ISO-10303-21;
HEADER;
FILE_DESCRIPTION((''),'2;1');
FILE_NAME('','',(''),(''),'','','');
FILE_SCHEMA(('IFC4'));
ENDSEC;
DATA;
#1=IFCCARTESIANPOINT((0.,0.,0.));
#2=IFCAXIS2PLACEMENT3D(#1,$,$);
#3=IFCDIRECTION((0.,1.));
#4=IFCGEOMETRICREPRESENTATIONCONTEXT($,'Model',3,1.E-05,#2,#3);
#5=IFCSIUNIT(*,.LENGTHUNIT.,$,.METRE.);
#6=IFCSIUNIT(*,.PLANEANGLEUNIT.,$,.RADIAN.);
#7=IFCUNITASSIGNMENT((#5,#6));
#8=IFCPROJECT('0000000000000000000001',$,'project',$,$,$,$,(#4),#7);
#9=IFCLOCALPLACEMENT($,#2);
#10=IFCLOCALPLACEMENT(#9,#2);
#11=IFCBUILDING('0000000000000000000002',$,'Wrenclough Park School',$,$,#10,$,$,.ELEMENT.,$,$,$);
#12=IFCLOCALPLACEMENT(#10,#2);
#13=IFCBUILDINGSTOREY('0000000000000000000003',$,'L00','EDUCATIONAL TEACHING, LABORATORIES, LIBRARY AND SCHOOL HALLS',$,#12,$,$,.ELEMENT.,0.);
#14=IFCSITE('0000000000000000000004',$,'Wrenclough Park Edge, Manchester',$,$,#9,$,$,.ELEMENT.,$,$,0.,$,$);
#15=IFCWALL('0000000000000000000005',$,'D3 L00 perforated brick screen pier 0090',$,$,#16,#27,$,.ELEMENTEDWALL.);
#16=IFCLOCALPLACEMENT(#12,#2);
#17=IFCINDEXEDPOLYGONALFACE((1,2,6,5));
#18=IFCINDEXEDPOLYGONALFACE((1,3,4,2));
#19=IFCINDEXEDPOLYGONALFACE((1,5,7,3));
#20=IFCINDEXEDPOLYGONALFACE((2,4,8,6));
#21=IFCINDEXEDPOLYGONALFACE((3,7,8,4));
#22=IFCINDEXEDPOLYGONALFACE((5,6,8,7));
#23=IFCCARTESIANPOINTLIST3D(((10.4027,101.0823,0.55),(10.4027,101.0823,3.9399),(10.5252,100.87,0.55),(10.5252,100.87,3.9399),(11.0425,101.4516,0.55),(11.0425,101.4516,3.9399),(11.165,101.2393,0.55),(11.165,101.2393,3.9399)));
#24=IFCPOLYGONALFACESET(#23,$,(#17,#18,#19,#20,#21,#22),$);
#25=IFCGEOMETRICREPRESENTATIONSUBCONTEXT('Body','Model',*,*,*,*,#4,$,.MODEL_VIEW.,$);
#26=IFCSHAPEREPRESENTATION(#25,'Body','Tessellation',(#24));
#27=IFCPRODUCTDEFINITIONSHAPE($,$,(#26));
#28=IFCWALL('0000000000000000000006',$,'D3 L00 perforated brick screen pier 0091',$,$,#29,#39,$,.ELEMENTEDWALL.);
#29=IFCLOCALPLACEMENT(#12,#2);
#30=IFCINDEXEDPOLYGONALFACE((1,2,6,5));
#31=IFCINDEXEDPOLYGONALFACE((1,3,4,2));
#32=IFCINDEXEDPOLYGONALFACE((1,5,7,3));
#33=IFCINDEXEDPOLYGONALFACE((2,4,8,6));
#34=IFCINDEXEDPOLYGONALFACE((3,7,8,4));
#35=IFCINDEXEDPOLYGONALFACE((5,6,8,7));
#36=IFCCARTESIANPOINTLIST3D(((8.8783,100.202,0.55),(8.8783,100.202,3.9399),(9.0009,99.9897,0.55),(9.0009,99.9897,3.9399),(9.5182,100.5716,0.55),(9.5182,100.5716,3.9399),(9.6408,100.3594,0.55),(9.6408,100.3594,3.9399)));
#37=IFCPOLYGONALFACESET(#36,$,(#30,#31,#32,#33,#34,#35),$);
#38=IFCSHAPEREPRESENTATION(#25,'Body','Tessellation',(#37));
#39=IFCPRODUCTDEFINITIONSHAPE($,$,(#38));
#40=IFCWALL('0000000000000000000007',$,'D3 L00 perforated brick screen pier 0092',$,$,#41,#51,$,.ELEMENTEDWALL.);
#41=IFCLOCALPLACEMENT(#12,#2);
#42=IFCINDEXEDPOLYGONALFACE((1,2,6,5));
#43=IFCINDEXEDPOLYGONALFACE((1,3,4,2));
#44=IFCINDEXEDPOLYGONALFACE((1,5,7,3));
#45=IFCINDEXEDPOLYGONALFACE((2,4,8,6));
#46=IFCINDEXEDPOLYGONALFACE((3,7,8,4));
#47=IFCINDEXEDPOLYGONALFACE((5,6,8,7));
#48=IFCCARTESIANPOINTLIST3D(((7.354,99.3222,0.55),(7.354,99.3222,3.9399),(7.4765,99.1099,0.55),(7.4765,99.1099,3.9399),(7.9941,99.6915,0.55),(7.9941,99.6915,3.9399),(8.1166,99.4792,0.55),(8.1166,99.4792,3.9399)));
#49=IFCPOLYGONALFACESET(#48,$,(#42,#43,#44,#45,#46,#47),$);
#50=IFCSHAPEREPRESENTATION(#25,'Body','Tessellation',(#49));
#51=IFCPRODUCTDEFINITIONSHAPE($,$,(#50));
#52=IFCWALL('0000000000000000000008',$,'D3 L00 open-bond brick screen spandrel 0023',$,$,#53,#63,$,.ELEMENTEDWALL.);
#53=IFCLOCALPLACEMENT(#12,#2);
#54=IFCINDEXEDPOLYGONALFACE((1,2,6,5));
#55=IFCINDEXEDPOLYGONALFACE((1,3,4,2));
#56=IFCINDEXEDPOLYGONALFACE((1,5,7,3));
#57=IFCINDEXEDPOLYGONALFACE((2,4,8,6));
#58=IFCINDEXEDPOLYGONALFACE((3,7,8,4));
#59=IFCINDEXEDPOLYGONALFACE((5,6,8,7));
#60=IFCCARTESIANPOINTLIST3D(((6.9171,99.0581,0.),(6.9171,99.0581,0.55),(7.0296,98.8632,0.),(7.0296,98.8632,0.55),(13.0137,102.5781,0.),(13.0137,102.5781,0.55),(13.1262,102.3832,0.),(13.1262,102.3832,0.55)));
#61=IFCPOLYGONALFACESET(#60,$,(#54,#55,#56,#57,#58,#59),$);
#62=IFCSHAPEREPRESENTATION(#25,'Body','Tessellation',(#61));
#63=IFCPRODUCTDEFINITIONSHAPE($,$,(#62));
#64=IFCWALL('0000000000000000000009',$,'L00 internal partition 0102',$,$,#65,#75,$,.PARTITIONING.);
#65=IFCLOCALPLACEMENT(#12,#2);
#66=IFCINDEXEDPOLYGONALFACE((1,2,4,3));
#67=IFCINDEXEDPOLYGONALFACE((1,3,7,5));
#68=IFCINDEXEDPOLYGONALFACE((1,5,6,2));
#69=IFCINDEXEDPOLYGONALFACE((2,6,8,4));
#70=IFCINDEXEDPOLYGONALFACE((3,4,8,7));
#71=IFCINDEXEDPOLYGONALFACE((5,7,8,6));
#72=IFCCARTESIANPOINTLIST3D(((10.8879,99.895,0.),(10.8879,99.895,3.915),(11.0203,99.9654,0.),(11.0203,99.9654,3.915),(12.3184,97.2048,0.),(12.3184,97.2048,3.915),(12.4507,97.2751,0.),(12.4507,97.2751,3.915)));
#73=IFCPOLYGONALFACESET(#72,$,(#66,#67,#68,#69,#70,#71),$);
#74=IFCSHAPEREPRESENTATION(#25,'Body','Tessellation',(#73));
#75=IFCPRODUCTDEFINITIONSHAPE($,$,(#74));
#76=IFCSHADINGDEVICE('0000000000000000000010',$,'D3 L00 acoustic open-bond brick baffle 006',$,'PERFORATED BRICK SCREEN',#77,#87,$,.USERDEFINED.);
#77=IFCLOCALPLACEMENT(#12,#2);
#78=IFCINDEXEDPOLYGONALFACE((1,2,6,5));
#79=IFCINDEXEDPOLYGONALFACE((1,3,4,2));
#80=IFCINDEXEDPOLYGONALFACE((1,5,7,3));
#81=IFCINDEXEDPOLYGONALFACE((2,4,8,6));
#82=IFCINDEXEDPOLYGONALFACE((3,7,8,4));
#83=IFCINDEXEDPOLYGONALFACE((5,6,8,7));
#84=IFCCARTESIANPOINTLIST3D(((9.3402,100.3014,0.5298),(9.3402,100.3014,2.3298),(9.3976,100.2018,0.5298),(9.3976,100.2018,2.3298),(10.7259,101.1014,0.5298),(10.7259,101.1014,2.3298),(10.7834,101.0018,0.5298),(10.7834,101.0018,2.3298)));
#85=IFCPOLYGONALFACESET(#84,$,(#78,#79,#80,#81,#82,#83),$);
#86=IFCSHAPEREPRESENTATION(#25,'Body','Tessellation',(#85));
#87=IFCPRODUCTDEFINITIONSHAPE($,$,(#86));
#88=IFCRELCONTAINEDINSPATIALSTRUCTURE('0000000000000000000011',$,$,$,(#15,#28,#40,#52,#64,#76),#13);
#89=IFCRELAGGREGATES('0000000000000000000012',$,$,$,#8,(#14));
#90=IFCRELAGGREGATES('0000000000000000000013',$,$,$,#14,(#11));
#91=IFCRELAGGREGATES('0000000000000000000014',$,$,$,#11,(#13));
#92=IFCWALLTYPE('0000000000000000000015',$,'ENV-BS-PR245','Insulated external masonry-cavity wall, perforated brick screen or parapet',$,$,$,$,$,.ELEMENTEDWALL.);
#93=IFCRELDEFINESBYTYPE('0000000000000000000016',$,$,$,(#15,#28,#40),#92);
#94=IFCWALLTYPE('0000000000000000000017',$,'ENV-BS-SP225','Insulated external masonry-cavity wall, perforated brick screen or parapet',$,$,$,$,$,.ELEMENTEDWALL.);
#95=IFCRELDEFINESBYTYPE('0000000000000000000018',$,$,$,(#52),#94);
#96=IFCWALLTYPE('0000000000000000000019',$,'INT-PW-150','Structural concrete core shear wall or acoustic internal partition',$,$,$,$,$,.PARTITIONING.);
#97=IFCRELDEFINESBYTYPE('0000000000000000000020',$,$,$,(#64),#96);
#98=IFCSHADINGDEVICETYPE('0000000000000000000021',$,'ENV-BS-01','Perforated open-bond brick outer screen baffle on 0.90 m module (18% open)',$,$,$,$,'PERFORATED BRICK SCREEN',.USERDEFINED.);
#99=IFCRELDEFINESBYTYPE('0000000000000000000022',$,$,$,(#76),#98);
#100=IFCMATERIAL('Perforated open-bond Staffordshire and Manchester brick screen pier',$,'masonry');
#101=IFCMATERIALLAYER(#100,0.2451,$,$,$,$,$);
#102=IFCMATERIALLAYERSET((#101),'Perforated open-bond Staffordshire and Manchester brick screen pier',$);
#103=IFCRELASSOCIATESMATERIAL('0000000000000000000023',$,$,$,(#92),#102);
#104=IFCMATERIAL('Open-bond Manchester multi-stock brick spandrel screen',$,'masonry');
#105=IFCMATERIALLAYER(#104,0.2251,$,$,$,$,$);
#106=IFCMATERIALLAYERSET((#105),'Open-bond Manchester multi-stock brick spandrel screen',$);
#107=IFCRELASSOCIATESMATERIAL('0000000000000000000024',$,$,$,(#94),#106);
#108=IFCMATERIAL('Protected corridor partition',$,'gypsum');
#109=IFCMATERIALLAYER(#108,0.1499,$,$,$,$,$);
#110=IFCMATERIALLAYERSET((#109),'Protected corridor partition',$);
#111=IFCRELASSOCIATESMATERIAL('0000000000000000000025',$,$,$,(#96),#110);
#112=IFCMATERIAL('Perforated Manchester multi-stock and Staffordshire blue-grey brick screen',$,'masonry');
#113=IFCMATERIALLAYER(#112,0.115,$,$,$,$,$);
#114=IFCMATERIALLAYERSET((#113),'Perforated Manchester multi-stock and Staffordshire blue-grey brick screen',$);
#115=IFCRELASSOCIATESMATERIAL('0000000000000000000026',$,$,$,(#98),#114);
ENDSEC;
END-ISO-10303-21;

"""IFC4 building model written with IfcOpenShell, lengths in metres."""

from ifc_helpers import new_model, si_unit, direction, frame, frame_2d, origin, origin_2d, place, context, subcontext, project, spatial, rectangle, extrude, material, layer, layer_set, type_object, element, save


model = new_model("IFC4")

# Units and contexts
model_context = context("Model", 3, precision=1e-05, world=origin(), true_north=direction((0.0, 1.0)))
body_context = subcontext(model_context, "Body", "Model", "MODEL_VIEW")
ifc_project = project(units=[si_unit("LENGTHUNIT", "METRE"), si_unit("PLANEANGLEUNIT", "RADIAN")], contexts=[model_context])

# Site, building, storey
site_placement = place(None, origin())
site = spatial("IfcSite", under=ifc_project, at=site_placement, Name="Wrenclough Park Edge, Manchester", CompositionType="ELEMENT", RefElevation=0.0)
building_placement = place(site_placement, origin())
building = spatial("IfcBuilding", under=site, at=building_placement, Name="Wrenclough Park School", CompositionType="ELEMENT")
storey_placement = place(building_placement, origin())
storey = spatial("IfcBuildingStorey", under=building, at=storey_placement, Name="L00", Description="EDUCATIONAL TEACHING, LABORATORIES, LIBRARY AND SCHOOL HALLS", CompositionType="ELEMENT", Elevation=0.0)

# Walls
ifc_material_1 = material(Name="Perforated open-bond Staffordshire and Manchester brick screen pier", Category="masonry")
ifc_layer_1 = layer(ifc_material_1, 0.2451)
ifc_layer_set_1 = layer_set([ifc_layer_1], Name="Perforated open-bond Staffordshire and Manchester brick screen pier")
wall_type_1 = type_object("IfcWallType", Name="ENV-BS-PR245", Description="Insulated external masonry-cavity wall, perforated brick screen or parapet", PredefinedType="ELEMENTEDWALL", material=ifc_layer_set_1)
wall_1_placement = place(storey_placement, frame((11.1038, 101.3455, 0.55), z_axis=(0.0, 0.0, 1.0), x_axis=(-0.866059, -0.499942, 0.0)))
element("IfcWall", 1, at=wall_1_placement, inside=storey, type_object=wall_type_1, Name="D3 L00 perforated brick screen pier 0090", PredefinedType="ELEMENTEDWALL", context=body_context, shape_type="SweptSolid", body=[
    extrude(rectangle(XDim=0.7388, YDim=0.2451, at=frame_2d((0.3694, 0.0))), origin(), (0.0, 0.0, 1.0), 3.3899),
])
for number, where, z_axis, x_axis, name in (
    (2, (9.5796, 100.4656, 0.55), (0.0, 0.0, 1.0), (-0.865916, -0.50019, 0.0), "D3 L00 perforated brick screen pier 0091"),
    (3, (8.0554, 99.5854, 0.55), (0.0, 0.0, 1.0), (-0.866142, -0.499799, 0.0), "D3 L00 perforated brick screen pier 0092"),
):
    element("IfcWall", number, at=place(storey_placement, frame(where, z_axis=z_axis, x_axis=x_axis)), inside=storey, type_object=wall_type_1, Name=name, PredefinedType="ELEMENTEDWALL", context=body_context, shape_type="SweptSolid", body=[
        extrude(rectangle(XDim=0.739, YDim=0.2451, at=frame_2d((0.3696, 0.0))), origin(), (0.0, 0.0, 1.0), 3.3899),
    ])
ifc_material_2 = material(Name="Open-bond Manchester multi-stock brick spandrel screen", Category="masonry")
ifc_layer_2 = layer(ifc_material_2, 0.2251)
ifc_layer_set_2 = layer_set([ifc_layer_2], Name="Open-bond Manchester multi-stock brick spandrel screen")
wall_type_2 = type_object("IfcWallType", Name="ENV-BS-SP225", Description="Insulated external masonry-cavity wall, perforated brick screen or parapet", PredefinedType="ELEMENTEDWALL", material=ifc_layer_set_2)
wall_2_placement = place(storey_placement, frame((13.0701, 102.4807, 0.0), z_axis=(0.0, 0.0, 1.0), x_axis=(-0.866019, -0.500011, 0.0)))
element("IfcWall", 4, at=wall_2_placement, inside=storey, type_object=wall_type_2, Name="D3 L00 open-bond brick screen spandrel 0023", PredefinedType="ELEMENTEDWALL", context=body_context, shape_type="SweptSolid", body=[
    extrude(rectangle(XDim=7.0398, YDim=0.2251, at=frame_2d((3.52, 0.0))), origin(), (0.0, 0.0, 1.0), 0.55),
])
ifc_material_3 = material(Name="Protected corridor partition", Category="gypsum")
ifc_layer_3 = layer(ifc_material_3, 0.1499)
ifc_layer_set_3 = layer_set([ifc_layer_3], Name="Protected corridor partition")
wall_type_3 = type_object("IfcWallType", Name="INT-PW-150", Description="Structural concrete core shear wall or acoustic internal partition", PredefinedType="PARTITIONING", material=ifc_layer_set_3)
wall_3_placement = place(storey_placement, frame((10.9541, 99.9302, 0.0), z_axis=(0.0, 0.0, 1.0), x_axis=(0.469477, -0.882944, 0.0)))
element("IfcWall", 5, at=wall_3_placement, inside=storey, type_object=wall_type_3, Name="L00 internal partition 0102", PredefinedType="PARTITIONING", context=body_context, shape_type="SweptSolid", body=[
    extrude(rectangle(XDim=3.0469, YDim=0.1499, at=frame_2d((1.5234, 0.0))), origin(), (0.0, 0.0, 1.0), 3.915),
])

# Shading device
ifc_material_4 = material(Name="Perforated Manchester multi-stock and Staffordshire blue-grey brick screen", Category="masonry")
ifc_layer_4 = layer(ifc_material_4, 0.115)
ifc_layer_set_4 = layer_set([ifc_layer_4], Name="Perforated Manchester multi-stock and Staffordshire blue-grey brick screen")
shading_device_type = type_object("IfcShadingDeviceType", Name="ENV-BS-01", Description="Perforated open-bond brick outer screen baffle on 0.90 m module (18% open)", ElementType="PERFORATED BRICK SCREEN", PredefinedType="USERDEFINED", material=ifc_layer_set_4)
shading_device_placement = place(storey_placement, frame((10.0618, 100.6516, 0.5298), z_axis=(0.0, 0.0, 1.0), x_axis=(-0.866031, -0.499991, 0.0)))
element("IfcShadingDevice", 6, at=shading_device_placement, inside=storey, type_object=shading_device_type, Name="D3 L00 acoustic open-bond brick baffle 006", ObjectType="PERFORATED BRICK SCREEN", PredefinedType="USERDEFINED", context=body_context, shape_type="SweptSolid", body=[
    extrude(rectangle(XDim=1.6001, YDim=0.115, at=origin_2d()), origin(), (0.0, 0.0, 1.0), 1.8),
])

save(model, "model.ifc")
